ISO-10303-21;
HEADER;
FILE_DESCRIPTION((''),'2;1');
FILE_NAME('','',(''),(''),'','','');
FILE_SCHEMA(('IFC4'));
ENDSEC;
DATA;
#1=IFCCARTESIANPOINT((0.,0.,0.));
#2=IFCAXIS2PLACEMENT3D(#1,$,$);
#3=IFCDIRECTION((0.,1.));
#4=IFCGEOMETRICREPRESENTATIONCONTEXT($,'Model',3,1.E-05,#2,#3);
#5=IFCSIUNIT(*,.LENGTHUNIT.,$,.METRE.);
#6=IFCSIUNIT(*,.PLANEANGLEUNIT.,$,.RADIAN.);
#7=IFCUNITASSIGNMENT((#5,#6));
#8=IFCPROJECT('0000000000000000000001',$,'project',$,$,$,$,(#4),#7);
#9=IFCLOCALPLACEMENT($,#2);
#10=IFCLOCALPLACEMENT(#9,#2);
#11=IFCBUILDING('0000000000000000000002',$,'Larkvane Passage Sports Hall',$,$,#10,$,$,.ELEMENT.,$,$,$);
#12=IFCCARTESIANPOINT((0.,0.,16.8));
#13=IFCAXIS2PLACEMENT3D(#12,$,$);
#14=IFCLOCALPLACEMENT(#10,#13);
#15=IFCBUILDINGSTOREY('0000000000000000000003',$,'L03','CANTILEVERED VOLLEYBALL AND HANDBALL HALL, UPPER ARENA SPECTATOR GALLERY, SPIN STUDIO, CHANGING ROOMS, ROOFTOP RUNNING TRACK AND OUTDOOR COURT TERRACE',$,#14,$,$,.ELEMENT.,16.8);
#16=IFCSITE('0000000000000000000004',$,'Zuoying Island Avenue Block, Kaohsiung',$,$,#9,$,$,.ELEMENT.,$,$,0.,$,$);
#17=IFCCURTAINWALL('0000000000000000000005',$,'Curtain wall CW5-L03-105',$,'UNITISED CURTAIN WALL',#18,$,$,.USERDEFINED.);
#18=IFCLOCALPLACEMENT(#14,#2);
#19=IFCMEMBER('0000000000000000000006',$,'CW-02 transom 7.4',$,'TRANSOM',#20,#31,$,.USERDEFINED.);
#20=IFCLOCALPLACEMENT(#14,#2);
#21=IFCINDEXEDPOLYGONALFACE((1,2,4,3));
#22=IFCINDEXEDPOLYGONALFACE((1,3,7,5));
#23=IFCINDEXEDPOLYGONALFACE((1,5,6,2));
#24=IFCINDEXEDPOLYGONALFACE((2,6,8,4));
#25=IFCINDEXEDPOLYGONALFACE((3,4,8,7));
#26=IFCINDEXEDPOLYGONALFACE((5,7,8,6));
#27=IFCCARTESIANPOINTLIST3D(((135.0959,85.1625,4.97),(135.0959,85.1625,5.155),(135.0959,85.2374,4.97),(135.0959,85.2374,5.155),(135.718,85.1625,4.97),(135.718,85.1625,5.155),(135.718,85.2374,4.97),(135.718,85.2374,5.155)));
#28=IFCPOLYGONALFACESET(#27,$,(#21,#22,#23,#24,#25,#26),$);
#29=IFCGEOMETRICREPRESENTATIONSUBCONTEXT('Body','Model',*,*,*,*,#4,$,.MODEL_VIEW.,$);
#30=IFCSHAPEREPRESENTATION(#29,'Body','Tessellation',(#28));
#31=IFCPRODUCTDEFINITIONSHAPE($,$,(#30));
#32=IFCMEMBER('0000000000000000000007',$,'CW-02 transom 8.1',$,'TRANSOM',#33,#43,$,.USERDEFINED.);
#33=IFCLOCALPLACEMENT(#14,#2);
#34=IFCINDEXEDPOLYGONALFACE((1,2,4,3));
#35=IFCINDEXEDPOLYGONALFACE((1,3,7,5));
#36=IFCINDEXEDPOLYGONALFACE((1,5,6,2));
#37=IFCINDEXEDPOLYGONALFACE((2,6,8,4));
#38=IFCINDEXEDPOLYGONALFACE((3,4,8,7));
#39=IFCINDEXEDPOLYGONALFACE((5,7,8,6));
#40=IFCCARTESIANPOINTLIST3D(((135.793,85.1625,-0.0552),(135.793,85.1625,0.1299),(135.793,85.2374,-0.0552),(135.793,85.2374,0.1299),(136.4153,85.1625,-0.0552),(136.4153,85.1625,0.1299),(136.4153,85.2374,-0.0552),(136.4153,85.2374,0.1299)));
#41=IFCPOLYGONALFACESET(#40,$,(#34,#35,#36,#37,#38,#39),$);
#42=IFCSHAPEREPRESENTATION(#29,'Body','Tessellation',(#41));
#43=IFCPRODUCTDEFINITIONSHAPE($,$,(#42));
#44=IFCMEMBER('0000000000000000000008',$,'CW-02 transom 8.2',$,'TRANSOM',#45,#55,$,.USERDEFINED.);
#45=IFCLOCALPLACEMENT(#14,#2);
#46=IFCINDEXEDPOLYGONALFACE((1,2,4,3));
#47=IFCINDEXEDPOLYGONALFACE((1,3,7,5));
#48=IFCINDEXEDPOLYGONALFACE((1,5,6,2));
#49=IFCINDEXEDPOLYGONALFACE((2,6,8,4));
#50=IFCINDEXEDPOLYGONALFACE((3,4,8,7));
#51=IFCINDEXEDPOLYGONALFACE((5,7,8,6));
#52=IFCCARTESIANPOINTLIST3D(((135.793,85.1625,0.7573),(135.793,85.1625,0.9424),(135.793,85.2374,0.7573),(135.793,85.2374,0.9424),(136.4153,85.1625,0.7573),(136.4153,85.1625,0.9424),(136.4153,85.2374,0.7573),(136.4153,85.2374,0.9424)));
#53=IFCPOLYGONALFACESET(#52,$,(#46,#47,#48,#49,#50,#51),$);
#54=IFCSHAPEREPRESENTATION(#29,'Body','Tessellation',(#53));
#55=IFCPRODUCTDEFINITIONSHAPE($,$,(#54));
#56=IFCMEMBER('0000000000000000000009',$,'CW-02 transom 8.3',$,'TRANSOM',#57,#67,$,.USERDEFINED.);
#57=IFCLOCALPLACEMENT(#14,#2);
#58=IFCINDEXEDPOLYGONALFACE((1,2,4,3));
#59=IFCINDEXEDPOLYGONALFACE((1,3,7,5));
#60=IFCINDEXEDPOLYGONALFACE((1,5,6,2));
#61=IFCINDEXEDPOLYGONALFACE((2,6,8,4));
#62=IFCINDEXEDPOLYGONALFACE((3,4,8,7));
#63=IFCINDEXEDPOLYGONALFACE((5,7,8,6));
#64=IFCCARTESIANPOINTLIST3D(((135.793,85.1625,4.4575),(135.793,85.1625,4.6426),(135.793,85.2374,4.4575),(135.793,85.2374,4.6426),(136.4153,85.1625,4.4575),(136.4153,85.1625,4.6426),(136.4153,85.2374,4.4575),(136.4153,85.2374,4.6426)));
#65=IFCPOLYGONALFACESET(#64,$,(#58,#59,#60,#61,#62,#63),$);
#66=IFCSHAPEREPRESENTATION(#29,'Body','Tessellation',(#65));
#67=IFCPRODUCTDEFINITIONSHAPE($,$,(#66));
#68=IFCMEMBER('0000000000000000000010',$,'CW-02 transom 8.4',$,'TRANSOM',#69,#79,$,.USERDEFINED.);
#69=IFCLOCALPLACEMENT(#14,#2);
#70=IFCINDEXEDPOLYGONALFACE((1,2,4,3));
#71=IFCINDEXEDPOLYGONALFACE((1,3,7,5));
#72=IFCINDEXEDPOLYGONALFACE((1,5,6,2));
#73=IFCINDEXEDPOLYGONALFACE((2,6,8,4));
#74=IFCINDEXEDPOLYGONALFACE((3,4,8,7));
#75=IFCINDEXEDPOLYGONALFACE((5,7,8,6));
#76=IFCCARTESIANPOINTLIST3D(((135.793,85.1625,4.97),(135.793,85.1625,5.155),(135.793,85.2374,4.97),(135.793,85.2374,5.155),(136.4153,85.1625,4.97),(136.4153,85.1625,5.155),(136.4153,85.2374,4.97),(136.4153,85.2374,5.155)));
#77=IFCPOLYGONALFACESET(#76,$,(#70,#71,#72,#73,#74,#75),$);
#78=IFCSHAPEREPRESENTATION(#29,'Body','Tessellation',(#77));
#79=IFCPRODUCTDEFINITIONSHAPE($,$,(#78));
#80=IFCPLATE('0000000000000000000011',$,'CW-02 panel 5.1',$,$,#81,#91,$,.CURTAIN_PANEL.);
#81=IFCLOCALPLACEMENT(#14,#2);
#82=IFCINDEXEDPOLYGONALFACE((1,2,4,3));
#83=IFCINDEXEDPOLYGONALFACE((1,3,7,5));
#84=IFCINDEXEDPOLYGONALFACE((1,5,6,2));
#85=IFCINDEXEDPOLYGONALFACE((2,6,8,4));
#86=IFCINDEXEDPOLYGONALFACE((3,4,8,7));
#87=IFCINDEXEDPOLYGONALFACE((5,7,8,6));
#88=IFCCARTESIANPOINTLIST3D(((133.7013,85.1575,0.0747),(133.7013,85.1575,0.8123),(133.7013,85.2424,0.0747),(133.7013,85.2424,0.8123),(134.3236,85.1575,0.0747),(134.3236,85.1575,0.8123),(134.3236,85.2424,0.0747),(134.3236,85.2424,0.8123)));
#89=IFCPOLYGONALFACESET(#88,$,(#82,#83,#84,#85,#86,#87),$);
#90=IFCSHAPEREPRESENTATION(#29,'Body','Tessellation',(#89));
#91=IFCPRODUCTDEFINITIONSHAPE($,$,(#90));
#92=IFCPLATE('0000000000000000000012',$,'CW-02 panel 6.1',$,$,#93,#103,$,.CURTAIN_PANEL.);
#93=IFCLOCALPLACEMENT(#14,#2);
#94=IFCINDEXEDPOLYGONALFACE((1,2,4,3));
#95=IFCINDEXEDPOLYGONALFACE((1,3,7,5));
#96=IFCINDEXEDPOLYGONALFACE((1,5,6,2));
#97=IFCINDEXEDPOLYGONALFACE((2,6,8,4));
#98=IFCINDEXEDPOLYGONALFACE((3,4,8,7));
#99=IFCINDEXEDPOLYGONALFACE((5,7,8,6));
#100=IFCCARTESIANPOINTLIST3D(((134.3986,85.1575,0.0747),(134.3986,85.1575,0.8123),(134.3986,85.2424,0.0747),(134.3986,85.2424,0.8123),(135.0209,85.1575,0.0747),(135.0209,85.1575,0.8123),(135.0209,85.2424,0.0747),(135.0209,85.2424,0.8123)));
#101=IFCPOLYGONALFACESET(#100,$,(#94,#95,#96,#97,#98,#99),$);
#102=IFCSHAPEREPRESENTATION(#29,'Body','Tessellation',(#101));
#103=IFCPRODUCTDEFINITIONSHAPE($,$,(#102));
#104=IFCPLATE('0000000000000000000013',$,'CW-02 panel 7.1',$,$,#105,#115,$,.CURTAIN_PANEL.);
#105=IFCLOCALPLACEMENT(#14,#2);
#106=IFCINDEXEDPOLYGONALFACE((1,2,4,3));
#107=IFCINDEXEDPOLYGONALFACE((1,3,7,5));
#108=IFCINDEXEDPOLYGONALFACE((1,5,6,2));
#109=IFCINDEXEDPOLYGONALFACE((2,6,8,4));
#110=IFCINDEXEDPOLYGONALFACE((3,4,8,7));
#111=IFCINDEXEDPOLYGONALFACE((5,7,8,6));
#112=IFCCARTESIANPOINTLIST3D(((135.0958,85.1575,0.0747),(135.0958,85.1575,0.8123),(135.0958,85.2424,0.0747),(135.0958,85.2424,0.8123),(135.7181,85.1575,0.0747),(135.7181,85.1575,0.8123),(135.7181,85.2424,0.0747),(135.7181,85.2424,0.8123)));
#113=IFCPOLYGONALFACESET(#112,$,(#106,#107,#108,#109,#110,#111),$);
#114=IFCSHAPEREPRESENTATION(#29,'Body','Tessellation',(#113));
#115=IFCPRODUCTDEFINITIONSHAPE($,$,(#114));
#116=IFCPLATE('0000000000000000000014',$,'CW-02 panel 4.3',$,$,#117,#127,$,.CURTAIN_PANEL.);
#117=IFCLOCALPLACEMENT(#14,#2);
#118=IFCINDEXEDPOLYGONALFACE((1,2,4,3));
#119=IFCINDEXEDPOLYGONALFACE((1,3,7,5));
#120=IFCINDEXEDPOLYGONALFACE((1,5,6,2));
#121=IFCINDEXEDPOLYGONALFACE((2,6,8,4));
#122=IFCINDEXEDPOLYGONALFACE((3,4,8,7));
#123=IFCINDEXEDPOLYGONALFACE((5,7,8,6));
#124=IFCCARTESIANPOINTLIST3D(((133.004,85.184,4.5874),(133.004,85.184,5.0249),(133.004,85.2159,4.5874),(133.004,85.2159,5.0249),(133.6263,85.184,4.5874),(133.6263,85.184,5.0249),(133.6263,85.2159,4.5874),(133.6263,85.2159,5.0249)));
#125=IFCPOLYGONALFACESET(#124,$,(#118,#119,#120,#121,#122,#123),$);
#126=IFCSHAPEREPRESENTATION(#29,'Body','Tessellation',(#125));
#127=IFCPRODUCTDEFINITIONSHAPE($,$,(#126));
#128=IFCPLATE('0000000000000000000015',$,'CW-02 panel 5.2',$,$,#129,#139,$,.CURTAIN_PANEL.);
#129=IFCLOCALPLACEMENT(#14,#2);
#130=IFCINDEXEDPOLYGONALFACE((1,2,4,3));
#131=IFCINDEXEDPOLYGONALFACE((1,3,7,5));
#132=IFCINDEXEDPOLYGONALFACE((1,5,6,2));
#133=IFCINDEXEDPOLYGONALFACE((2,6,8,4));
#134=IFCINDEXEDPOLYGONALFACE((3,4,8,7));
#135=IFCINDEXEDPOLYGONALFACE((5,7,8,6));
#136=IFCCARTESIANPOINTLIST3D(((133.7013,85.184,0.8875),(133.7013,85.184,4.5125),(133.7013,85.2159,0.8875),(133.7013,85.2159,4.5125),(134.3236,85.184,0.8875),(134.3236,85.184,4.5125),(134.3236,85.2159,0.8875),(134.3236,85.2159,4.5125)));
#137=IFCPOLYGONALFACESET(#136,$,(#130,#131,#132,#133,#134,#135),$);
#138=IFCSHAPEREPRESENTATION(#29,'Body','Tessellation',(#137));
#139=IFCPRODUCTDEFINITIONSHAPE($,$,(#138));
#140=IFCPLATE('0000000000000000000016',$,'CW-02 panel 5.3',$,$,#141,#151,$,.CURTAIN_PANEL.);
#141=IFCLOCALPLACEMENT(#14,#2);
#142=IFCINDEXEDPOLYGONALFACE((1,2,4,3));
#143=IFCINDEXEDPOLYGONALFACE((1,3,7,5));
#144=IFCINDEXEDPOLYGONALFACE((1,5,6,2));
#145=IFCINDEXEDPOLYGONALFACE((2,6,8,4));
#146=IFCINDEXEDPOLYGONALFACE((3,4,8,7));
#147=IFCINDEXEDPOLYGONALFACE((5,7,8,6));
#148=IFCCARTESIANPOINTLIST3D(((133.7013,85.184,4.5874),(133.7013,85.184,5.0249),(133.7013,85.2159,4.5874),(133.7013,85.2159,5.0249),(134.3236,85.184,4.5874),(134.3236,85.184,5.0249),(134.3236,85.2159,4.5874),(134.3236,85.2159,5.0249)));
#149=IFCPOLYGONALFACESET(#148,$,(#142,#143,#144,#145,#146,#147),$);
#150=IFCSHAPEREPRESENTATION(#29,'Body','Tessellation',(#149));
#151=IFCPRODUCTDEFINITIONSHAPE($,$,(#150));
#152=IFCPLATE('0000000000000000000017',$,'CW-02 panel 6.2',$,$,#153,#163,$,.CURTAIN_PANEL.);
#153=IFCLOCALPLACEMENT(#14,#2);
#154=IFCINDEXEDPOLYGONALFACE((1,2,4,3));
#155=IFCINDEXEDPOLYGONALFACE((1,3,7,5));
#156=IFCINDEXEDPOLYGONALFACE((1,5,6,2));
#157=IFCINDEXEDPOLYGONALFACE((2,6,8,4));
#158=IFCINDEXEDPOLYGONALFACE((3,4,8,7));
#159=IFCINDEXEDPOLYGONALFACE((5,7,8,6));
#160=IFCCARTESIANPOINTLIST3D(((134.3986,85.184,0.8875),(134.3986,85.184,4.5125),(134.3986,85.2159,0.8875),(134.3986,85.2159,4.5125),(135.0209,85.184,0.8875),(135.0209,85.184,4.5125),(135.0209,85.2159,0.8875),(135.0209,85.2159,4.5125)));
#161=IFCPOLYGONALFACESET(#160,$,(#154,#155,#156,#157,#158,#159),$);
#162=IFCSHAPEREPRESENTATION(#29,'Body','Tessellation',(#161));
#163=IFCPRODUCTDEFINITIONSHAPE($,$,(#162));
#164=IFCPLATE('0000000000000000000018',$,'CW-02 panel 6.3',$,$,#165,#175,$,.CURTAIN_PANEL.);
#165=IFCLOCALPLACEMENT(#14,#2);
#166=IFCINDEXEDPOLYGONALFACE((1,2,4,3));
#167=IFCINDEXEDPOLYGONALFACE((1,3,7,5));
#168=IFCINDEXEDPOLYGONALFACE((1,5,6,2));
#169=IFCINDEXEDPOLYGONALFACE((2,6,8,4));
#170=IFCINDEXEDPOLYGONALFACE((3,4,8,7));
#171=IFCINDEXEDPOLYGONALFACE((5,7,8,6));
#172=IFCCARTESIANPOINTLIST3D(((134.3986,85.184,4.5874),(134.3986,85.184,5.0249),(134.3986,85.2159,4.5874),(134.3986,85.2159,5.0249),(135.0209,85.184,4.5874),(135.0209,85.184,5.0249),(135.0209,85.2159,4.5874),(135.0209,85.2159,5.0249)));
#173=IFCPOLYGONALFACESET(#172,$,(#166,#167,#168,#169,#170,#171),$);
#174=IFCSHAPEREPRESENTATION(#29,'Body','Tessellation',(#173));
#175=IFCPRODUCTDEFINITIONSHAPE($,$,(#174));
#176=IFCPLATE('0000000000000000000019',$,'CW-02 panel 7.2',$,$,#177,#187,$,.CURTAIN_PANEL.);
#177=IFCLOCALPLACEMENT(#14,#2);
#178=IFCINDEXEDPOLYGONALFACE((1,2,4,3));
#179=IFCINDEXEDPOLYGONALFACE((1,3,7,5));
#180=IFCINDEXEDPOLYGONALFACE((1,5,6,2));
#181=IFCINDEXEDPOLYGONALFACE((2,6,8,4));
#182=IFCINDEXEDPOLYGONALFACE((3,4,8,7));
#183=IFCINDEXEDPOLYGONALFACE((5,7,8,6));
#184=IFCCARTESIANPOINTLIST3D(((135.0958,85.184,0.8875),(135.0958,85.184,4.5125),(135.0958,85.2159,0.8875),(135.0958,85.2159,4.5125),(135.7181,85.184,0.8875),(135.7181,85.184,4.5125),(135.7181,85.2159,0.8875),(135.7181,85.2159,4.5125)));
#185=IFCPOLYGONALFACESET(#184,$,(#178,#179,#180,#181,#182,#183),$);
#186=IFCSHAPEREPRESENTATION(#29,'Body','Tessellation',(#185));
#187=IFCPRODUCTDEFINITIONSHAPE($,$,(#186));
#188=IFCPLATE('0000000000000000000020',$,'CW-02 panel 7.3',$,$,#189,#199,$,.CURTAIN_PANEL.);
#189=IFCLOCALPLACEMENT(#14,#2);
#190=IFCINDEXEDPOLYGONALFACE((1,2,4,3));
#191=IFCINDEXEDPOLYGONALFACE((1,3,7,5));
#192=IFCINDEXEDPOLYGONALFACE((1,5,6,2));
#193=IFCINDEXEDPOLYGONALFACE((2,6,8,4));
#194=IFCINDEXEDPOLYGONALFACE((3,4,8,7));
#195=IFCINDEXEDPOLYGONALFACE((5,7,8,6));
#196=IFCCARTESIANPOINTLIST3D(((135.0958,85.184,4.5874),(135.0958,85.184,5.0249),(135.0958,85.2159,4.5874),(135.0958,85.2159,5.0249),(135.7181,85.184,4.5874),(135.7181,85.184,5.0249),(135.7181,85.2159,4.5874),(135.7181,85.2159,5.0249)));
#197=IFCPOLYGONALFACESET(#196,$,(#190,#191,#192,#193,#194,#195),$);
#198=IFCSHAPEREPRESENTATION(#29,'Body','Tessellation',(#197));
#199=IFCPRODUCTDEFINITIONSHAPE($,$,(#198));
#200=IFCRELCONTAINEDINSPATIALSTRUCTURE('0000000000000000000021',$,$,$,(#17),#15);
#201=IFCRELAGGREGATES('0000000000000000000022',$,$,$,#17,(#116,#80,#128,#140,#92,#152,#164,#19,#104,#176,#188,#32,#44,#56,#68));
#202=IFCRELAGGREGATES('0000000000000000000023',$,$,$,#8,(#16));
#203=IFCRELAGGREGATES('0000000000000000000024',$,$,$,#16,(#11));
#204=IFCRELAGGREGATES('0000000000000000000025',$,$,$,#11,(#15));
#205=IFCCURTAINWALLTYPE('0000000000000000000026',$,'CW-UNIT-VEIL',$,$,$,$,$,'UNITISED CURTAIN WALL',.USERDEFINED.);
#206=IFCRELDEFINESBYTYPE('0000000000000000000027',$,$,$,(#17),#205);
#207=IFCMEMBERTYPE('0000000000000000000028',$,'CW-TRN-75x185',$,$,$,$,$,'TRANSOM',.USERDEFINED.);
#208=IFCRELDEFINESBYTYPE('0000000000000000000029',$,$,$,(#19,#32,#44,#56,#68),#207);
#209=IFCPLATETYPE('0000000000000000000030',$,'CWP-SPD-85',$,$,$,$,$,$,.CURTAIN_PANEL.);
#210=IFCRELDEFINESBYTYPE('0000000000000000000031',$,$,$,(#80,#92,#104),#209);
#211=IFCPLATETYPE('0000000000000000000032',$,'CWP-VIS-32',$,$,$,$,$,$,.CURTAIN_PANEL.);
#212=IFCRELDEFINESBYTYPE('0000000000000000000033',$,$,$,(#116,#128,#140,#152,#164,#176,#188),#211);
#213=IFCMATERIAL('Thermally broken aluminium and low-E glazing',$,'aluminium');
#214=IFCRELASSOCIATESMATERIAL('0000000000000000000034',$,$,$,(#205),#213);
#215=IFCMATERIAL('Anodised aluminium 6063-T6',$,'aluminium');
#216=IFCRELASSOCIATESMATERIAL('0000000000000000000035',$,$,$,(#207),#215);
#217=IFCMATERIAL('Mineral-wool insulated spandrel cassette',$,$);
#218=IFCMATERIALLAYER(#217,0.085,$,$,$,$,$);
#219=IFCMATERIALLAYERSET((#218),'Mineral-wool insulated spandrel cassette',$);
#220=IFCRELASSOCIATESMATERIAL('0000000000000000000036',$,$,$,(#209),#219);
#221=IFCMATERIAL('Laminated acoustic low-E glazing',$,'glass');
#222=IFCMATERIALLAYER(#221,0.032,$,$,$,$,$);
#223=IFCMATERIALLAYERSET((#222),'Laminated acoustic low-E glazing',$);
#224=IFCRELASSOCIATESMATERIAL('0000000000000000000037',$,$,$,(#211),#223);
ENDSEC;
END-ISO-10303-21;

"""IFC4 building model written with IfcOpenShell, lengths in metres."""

from ifc_helpers import new_model, si_unit, direction, frame, origin, origin_2d, place, context, subcontext, project, spatial, rectangle, extrude, material, layer, layer_set, material_profile, profile_set, type_object, element, aggregate, save


model = new_model("IFC4")

# Units and contexts
model_context = context("Model", 3, precision=1e-05, world=origin(), true_north=direction((0.0, 1.0)))
body_context = subcontext(model_context, "Body", "Model", "MODEL_VIEW")
ifc_project = project(units=[si_unit("LENGTHUNIT", "METRE"), si_unit("PLANEANGLEUNIT", "RADIAN")], contexts=[model_context])

# Site, building, storey
site_placement = place(None, origin())
site = spatial("IfcSite", under=ifc_project, at=site_placement, Name="Zuoying Island Avenue Block, Kaohsiung", CompositionType="ELEMENT", RefElevation=0.0)
building_placement = place(site_placement, origin())
building = spatial("IfcBuilding", under=site, at=building_placement, Name="Larkvane Passage Sports Hall", CompositionType="ELEMENT")
storey_placement = place(building_placement, frame((0.0, 0.0, 16.8)))
storey = spatial("IfcBuildingStorey", under=building, at=storey_placement, Name="L03", Description="CANTILEVERED VOLLEYBALL AND HANDBALL HALL, UPPER ARENA SPECTATOR GALLERY, SPIN STUDIO, CHANGING ROOMS, ROOFTOP RUNNING TRACK AND OUTDOOR COURT TERRACE", CompositionType="ELEMENT", Elevation=16.8)

# Curtain wall, members, plates
ifc_material_1 = material(Name="Thermally broken aluminium and low-E glazing", Category="aluminium")
curtain_wall_type = type_object("IfcCurtainWallType", Name="CW-UNIT-VEIL", ElementType="UNITISED CURTAIN WALL", PredefinedType="USERDEFINED", material=ifc_material_1)
curtain_wall_placement = place(storey_placement, origin())
curtain_wall = element("IfcCurtainWall", 1, at=curtain_wall_placement, inside=storey, type_object=curtain_wall_type, Name="Curtain wall CW5-L03-105", ObjectType="UNITISED CURTAIN WALL", PredefinedType="USERDEFINED")
ifc_material_2 = material(Name="Anodised aluminium 6063-T6", Category="aluminium")
ifc_material_profile_1 = material_profile(ifc_material_2, rectangle(XDim=0.075, YDim=0.1851, at=origin_2d()), Name="ALU-TRN-75x185")
ifc_profile_set_1 = profile_set([ifc_material_profile_1], Name="Anodised aluminium 6063-T6")
member_type_1 = type_object("IfcMemberType", Name="CW-TRN-75x185", ElementType="TRANSOM", PredefinedType="USERDEFINED", material=ifc_profile_set_1)
member_1_placement = place(storey_placement, frame((135.0959, 85.2, 5.0625), z_axis=(1.0, 0.0, 0.0), x_axis=(0.0, 1.0, 0.0)))
member_1 = element("IfcMember", 2, at=member_1_placement, type_object=member_type_1, Name="CW-02 transom 7.4", ObjectType="TRANSOM", PredefinedType="USERDEFINED", context=body_context, shape_type="SweptSolid", body=[
    extrude(rectangle(XDim=0.075, YDim=0.1851, at=origin_2d()), origin(), (0.0, 0.0, 1.0), 0.6221),
])
member_2_placement = place(storey_placement, frame((135.793, 85.2, 0.0374), z_axis=(1.0, 0.0, 0.0), x_axis=(0.0, 1.0, 0.0)))
member_2 = element("IfcMember", 3, at=member_2_placement, type_object=member_type_1, Name="CW-02 transom 8.1", ObjectType="TRANSOM", PredefinedType="USERDEFINED", context=body_context, shape_type="SweptSolid", body=[
    extrude(rectangle(XDim=0.075, YDim=0.1851, at=origin_2d()), origin(), (0.0, 0.0, 1.0), 0.6223),
])
member_3_placement = place(storey_placement, frame((135.793, 85.2, 0.8499), z_axis=(1.0, 0.0, 0.0), x_axis=(0.0, 1.0, 0.0)))
member_3 = element("IfcMember", 4, at=member_3_placement, type_object=member_type_1, Name="CW-02 transom 8.2", ObjectType="TRANSOM", PredefinedType="USERDEFINED", context=body_context, shape_type="SweptSolid", body=[
    extrude(rectangle(XDim=0.075, YDim=0.1851, at=origin_2d()), origin(), (0.0, 0.0, 1.0), 0.6223),
])
member_4_placement = place(storey_placement, frame((135.793, 85.2, 4.55), z_axis=(1.0, 0.0, 0.0), x_axis=(0.0, 1.0, 0.0)))
member_4 = element("IfcMember", 5, at=member_4_placement, type_object=member_type_1, Name="CW-02 transom 8.3", ObjectType="TRANSOM", PredefinedType="USERDEFINED", context=body_context, shape_type="SweptSolid", body=[
    extrude(rectangle(XDim=0.075, YDim=0.1851, at=origin_2d()), origin(), (0.0, 0.0, 1.0), 0.6223),
])
member_5_placement = place(storey_placement, frame((135.793, 85.2, 5.0625), z_axis=(1.0, 0.0, 0.0), x_axis=(0.0, 1.0, 0.0)))
member_5 = element("IfcMember", 6, at=member_5_placement, type_object=member_type_1, Name="CW-02 transom 8.4", ObjectType="TRANSOM", PredefinedType="USERDEFINED", context=body_context, shape_type="SweptSolid", body=[
    extrude(rectangle(XDim=0.075, YDim=0.1851, at=origin_2d()), origin(), (0.0, 0.0, 1.0), 0.6223),
])
ifc_material_3 = material(Name="Mineral-wool insulated spandrel cassette")
ifc_layer_1 = layer(ifc_material_3, 0.085)
ifc_layer_set_1 = layer_set([ifc_layer_1], Name="Mineral-wool insulated spandrel cassette")
plate_type_1 = type_object("IfcPlateType", Name="CWP-SPD-85", PredefinedType="CURTAIN_PANEL", material=ifc_layer_set_1)
plate_1_placement = place(storey_placement, frame((134.0125, 85.2, 0.0747), z_axis=(0.0, 0.0, 1.0), x_axis=(1.0, 0.0, 0.0)))
plate_1 = element("IfcPlate", 7, at=plate_1_placement, type_object=plate_type_1, Name="CW-02 panel 5.1", PredefinedType="CURTAIN_PANEL", context=body_context, shape_type="SweptSolid", body=[
    extrude(rectangle(XDim=0.6223, YDim=0.085, at=origin_2d()), origin(), (0.0, 0.0, 1.0), 0.7375),
])
plate_2_placement = place(storey_placement, frame((134.7097, 85.2, 0.0747), z_axis=(0.0, 0.0, 1.0), x_axis=(1.0, 0.0, 0.0)))
plate_2 = element("IfcPlate", 8, at=plate_2_placement, type_object=plate_type_1, Name="CW-02 panel 6.1", PredefinedType="CURTAIN_PANEL", context=body_context, shape_type="SweptSolid", body=[
    extrude(rectangle(XDim=0.6223, YDim=0.085, at=origin_2d()), origin(), (0.0, 0.0, 1.0), 0.7375),
])
plate_3_placement = place(storey_placement, frame((135.407, 85.2, 0.0747), z_axis=(0.0, 0.0, 1.0), x_axis=(1.0, 0.0, 0.0)))
plate_3 = element("IfcPlate", 9, at=plate_3_placement, type_object=plate_type_1, Name="CW-02 panel 7.1", PredefinedType="CURTAIN_PANEL", context=body_context, shape_type="SweptSolid", body=[
    extrude(rectangle(XDim=0.6223, YDim=0.085, at=origin_2d()), origin(), (0.0, 0.0, 1.0), 0.7375),
])
ifc_material_4 = material(Name="Laminated acoustic low-E glazing", Category="glass")
ifc_layer_2 = layer(ifc_material_4, 0.032)
ifc_layer_set_2 = layer_set([ifc_layer_2], Name="Laminated acoustic low-E glazing")
plate_type_2 = type_object("IfcPlateType", Name="CWP-VIS-32", PredefinedType="CURTAIN_PANEL", material=ifc_layer_set_2)
plate_4_placement = place(storey_placement, frame((133.3152, 85.2, 4.5874), z_axis=(0.0, 0.0, 1.0), x_axis=(1.0, 0.0, 0.0)))
plate_4 = element("IfcPlate", 10, at=plate_4_placement, type_object=plate_type_2, Name="CW-02 panel 4.3", PredefinedType="CURTAIN_PANEL", context=body_context, shape_type="SweptSolid", body=[
    extrude(rectangle(XDim=0.6223, YDim=0.032, at=origin_2d()), origin(), (0.0, 0.0, 1.0), 0.4375),
])
plate_5_placement = place(storey_placement, frame((134.0125, 85.2, 0.8875), z_axis=(0.0, 0.0, 1.0), x_axis=(1.0, 0.0, 0.0)))
plate_5 = element("IfcPlate", 11, at=plate_5_placement, type_object=plate_type_2, Name="CW-02 panel 5.2", PredefinedType="CURTAIN_PANEL", context=body_context, shape_type="SweptSolid", body=[
    extrude(rectangle(XDim=0.6223, YDim=0.032, at=origin_2d()), origin(), (0.0, 0.0, 1.0), 3.625),
])
plate_6_placement = place(storey_placement, frame((134.0125, 85.2, 4.5874), z_axis=(0.0, 0.0, 1.0), x_axis=(1.0, 0.0, 0.0)))
plate_6 = element("IfcPlate", 12, at=plate_6_placement, type_object=plate_type_2, Name="CW-02 panel 5.3", PredefinedType="CURTAIN_PANEL", context=body_context, shape_type="SweptSolid", body=[
    extrude(rectangle(XDim=0.6223, YDim=0.032, at=origin_2d()), origin(), (0.0, 0.0, 1.0), 0.4375),
])
plate_7_placement = place(storey_placement, frame((134.7097, 85.2, 0.8875), z_axis=(0.0, 0.0, 1.0), x_axis=(1.0, 0.0, 0.0)))
plate_7 = element("IfcPlate", 13, at=plate_7_placement, type_object=plate_type_2, Name="CW-02 panel 6.2", PredefinedType="CURTAIN_PANEL", context=body_context, shape_type="SweptSolid", body=[
    extrude(rectangle(XDim=0.6223, YDim=0.032, at=origin_2d()), origin(), (0.0, 0.0, 1.0), 3.625),
])
plate_8_placement = place(storey_placement, frame((134.7097, 85.2, 4.5874), z_axis=(0.0, 0.0, 1.0), x_axis=(1.0, 0.0, 0.0)))
plate_8 = element("IfcPlate", 14, at=plate_8_placement, type_object=plate_type_2, Name="CW-02 panel 6.3", PredefinedType="CURTAIN_PANEL", context=body_context, shape_type="SweptSolid", body=[
    extrude(rectangle(XDim=0.6223, YDim=0.032, at=origin_2d()), origin(), (0.0, 0.0, 1.0), 0.4375),
])
plate_9_placement = place(storey_placement, frame((135.407, 85.2, 0.8875), z_axis=(0.0, 0.0, 1.0), x_axis=(1.0, 0.0, 0.0)))
plate_9 = element("IfcPlate", 15, at=plate_9_placement, type_object=plate_type_2, Name="CW-02 panel 7.2", PredefinedType="CURTAIN_PANEL", context=body_context, shape_type="SweptSolid", body=[
    extrude(rectangle(XDim=0.6223, YDim=0.032, at=origin_2d()), origin(), (0.0, 0.0, 1.0), 3.625),
])
plate_10_placement = place(storey_placement, frame((135.407, 85.2, 4.5874), z_axis=(0.0, 0.0, 1.0), x_axis=(1.0, 0.0, 0.0)))
plate_10 = element("IfcPlate", 16, at=plate_10_placement, type_object=plate_type_2, Name="CW-02 panel 7.3", PredefinedType="CURTAIN_PANEL", context=body_context, shape_type="SweptSolid", body=[
    extrude(rectangle(XDim=0.6223, YDim=0.032, at=origin_2d()), origin(), (0.0, 0.0, 1.0), 0.4375),
])
aggregate(curtain_wall, [plate_4, plate_1, plate_5, plate_6, plate_2, plate_7, plate_8, member_1, plate_3, plate_9, plate_10, member_2, member_3, member_4, member_5])

save(model, "model.ifc")
